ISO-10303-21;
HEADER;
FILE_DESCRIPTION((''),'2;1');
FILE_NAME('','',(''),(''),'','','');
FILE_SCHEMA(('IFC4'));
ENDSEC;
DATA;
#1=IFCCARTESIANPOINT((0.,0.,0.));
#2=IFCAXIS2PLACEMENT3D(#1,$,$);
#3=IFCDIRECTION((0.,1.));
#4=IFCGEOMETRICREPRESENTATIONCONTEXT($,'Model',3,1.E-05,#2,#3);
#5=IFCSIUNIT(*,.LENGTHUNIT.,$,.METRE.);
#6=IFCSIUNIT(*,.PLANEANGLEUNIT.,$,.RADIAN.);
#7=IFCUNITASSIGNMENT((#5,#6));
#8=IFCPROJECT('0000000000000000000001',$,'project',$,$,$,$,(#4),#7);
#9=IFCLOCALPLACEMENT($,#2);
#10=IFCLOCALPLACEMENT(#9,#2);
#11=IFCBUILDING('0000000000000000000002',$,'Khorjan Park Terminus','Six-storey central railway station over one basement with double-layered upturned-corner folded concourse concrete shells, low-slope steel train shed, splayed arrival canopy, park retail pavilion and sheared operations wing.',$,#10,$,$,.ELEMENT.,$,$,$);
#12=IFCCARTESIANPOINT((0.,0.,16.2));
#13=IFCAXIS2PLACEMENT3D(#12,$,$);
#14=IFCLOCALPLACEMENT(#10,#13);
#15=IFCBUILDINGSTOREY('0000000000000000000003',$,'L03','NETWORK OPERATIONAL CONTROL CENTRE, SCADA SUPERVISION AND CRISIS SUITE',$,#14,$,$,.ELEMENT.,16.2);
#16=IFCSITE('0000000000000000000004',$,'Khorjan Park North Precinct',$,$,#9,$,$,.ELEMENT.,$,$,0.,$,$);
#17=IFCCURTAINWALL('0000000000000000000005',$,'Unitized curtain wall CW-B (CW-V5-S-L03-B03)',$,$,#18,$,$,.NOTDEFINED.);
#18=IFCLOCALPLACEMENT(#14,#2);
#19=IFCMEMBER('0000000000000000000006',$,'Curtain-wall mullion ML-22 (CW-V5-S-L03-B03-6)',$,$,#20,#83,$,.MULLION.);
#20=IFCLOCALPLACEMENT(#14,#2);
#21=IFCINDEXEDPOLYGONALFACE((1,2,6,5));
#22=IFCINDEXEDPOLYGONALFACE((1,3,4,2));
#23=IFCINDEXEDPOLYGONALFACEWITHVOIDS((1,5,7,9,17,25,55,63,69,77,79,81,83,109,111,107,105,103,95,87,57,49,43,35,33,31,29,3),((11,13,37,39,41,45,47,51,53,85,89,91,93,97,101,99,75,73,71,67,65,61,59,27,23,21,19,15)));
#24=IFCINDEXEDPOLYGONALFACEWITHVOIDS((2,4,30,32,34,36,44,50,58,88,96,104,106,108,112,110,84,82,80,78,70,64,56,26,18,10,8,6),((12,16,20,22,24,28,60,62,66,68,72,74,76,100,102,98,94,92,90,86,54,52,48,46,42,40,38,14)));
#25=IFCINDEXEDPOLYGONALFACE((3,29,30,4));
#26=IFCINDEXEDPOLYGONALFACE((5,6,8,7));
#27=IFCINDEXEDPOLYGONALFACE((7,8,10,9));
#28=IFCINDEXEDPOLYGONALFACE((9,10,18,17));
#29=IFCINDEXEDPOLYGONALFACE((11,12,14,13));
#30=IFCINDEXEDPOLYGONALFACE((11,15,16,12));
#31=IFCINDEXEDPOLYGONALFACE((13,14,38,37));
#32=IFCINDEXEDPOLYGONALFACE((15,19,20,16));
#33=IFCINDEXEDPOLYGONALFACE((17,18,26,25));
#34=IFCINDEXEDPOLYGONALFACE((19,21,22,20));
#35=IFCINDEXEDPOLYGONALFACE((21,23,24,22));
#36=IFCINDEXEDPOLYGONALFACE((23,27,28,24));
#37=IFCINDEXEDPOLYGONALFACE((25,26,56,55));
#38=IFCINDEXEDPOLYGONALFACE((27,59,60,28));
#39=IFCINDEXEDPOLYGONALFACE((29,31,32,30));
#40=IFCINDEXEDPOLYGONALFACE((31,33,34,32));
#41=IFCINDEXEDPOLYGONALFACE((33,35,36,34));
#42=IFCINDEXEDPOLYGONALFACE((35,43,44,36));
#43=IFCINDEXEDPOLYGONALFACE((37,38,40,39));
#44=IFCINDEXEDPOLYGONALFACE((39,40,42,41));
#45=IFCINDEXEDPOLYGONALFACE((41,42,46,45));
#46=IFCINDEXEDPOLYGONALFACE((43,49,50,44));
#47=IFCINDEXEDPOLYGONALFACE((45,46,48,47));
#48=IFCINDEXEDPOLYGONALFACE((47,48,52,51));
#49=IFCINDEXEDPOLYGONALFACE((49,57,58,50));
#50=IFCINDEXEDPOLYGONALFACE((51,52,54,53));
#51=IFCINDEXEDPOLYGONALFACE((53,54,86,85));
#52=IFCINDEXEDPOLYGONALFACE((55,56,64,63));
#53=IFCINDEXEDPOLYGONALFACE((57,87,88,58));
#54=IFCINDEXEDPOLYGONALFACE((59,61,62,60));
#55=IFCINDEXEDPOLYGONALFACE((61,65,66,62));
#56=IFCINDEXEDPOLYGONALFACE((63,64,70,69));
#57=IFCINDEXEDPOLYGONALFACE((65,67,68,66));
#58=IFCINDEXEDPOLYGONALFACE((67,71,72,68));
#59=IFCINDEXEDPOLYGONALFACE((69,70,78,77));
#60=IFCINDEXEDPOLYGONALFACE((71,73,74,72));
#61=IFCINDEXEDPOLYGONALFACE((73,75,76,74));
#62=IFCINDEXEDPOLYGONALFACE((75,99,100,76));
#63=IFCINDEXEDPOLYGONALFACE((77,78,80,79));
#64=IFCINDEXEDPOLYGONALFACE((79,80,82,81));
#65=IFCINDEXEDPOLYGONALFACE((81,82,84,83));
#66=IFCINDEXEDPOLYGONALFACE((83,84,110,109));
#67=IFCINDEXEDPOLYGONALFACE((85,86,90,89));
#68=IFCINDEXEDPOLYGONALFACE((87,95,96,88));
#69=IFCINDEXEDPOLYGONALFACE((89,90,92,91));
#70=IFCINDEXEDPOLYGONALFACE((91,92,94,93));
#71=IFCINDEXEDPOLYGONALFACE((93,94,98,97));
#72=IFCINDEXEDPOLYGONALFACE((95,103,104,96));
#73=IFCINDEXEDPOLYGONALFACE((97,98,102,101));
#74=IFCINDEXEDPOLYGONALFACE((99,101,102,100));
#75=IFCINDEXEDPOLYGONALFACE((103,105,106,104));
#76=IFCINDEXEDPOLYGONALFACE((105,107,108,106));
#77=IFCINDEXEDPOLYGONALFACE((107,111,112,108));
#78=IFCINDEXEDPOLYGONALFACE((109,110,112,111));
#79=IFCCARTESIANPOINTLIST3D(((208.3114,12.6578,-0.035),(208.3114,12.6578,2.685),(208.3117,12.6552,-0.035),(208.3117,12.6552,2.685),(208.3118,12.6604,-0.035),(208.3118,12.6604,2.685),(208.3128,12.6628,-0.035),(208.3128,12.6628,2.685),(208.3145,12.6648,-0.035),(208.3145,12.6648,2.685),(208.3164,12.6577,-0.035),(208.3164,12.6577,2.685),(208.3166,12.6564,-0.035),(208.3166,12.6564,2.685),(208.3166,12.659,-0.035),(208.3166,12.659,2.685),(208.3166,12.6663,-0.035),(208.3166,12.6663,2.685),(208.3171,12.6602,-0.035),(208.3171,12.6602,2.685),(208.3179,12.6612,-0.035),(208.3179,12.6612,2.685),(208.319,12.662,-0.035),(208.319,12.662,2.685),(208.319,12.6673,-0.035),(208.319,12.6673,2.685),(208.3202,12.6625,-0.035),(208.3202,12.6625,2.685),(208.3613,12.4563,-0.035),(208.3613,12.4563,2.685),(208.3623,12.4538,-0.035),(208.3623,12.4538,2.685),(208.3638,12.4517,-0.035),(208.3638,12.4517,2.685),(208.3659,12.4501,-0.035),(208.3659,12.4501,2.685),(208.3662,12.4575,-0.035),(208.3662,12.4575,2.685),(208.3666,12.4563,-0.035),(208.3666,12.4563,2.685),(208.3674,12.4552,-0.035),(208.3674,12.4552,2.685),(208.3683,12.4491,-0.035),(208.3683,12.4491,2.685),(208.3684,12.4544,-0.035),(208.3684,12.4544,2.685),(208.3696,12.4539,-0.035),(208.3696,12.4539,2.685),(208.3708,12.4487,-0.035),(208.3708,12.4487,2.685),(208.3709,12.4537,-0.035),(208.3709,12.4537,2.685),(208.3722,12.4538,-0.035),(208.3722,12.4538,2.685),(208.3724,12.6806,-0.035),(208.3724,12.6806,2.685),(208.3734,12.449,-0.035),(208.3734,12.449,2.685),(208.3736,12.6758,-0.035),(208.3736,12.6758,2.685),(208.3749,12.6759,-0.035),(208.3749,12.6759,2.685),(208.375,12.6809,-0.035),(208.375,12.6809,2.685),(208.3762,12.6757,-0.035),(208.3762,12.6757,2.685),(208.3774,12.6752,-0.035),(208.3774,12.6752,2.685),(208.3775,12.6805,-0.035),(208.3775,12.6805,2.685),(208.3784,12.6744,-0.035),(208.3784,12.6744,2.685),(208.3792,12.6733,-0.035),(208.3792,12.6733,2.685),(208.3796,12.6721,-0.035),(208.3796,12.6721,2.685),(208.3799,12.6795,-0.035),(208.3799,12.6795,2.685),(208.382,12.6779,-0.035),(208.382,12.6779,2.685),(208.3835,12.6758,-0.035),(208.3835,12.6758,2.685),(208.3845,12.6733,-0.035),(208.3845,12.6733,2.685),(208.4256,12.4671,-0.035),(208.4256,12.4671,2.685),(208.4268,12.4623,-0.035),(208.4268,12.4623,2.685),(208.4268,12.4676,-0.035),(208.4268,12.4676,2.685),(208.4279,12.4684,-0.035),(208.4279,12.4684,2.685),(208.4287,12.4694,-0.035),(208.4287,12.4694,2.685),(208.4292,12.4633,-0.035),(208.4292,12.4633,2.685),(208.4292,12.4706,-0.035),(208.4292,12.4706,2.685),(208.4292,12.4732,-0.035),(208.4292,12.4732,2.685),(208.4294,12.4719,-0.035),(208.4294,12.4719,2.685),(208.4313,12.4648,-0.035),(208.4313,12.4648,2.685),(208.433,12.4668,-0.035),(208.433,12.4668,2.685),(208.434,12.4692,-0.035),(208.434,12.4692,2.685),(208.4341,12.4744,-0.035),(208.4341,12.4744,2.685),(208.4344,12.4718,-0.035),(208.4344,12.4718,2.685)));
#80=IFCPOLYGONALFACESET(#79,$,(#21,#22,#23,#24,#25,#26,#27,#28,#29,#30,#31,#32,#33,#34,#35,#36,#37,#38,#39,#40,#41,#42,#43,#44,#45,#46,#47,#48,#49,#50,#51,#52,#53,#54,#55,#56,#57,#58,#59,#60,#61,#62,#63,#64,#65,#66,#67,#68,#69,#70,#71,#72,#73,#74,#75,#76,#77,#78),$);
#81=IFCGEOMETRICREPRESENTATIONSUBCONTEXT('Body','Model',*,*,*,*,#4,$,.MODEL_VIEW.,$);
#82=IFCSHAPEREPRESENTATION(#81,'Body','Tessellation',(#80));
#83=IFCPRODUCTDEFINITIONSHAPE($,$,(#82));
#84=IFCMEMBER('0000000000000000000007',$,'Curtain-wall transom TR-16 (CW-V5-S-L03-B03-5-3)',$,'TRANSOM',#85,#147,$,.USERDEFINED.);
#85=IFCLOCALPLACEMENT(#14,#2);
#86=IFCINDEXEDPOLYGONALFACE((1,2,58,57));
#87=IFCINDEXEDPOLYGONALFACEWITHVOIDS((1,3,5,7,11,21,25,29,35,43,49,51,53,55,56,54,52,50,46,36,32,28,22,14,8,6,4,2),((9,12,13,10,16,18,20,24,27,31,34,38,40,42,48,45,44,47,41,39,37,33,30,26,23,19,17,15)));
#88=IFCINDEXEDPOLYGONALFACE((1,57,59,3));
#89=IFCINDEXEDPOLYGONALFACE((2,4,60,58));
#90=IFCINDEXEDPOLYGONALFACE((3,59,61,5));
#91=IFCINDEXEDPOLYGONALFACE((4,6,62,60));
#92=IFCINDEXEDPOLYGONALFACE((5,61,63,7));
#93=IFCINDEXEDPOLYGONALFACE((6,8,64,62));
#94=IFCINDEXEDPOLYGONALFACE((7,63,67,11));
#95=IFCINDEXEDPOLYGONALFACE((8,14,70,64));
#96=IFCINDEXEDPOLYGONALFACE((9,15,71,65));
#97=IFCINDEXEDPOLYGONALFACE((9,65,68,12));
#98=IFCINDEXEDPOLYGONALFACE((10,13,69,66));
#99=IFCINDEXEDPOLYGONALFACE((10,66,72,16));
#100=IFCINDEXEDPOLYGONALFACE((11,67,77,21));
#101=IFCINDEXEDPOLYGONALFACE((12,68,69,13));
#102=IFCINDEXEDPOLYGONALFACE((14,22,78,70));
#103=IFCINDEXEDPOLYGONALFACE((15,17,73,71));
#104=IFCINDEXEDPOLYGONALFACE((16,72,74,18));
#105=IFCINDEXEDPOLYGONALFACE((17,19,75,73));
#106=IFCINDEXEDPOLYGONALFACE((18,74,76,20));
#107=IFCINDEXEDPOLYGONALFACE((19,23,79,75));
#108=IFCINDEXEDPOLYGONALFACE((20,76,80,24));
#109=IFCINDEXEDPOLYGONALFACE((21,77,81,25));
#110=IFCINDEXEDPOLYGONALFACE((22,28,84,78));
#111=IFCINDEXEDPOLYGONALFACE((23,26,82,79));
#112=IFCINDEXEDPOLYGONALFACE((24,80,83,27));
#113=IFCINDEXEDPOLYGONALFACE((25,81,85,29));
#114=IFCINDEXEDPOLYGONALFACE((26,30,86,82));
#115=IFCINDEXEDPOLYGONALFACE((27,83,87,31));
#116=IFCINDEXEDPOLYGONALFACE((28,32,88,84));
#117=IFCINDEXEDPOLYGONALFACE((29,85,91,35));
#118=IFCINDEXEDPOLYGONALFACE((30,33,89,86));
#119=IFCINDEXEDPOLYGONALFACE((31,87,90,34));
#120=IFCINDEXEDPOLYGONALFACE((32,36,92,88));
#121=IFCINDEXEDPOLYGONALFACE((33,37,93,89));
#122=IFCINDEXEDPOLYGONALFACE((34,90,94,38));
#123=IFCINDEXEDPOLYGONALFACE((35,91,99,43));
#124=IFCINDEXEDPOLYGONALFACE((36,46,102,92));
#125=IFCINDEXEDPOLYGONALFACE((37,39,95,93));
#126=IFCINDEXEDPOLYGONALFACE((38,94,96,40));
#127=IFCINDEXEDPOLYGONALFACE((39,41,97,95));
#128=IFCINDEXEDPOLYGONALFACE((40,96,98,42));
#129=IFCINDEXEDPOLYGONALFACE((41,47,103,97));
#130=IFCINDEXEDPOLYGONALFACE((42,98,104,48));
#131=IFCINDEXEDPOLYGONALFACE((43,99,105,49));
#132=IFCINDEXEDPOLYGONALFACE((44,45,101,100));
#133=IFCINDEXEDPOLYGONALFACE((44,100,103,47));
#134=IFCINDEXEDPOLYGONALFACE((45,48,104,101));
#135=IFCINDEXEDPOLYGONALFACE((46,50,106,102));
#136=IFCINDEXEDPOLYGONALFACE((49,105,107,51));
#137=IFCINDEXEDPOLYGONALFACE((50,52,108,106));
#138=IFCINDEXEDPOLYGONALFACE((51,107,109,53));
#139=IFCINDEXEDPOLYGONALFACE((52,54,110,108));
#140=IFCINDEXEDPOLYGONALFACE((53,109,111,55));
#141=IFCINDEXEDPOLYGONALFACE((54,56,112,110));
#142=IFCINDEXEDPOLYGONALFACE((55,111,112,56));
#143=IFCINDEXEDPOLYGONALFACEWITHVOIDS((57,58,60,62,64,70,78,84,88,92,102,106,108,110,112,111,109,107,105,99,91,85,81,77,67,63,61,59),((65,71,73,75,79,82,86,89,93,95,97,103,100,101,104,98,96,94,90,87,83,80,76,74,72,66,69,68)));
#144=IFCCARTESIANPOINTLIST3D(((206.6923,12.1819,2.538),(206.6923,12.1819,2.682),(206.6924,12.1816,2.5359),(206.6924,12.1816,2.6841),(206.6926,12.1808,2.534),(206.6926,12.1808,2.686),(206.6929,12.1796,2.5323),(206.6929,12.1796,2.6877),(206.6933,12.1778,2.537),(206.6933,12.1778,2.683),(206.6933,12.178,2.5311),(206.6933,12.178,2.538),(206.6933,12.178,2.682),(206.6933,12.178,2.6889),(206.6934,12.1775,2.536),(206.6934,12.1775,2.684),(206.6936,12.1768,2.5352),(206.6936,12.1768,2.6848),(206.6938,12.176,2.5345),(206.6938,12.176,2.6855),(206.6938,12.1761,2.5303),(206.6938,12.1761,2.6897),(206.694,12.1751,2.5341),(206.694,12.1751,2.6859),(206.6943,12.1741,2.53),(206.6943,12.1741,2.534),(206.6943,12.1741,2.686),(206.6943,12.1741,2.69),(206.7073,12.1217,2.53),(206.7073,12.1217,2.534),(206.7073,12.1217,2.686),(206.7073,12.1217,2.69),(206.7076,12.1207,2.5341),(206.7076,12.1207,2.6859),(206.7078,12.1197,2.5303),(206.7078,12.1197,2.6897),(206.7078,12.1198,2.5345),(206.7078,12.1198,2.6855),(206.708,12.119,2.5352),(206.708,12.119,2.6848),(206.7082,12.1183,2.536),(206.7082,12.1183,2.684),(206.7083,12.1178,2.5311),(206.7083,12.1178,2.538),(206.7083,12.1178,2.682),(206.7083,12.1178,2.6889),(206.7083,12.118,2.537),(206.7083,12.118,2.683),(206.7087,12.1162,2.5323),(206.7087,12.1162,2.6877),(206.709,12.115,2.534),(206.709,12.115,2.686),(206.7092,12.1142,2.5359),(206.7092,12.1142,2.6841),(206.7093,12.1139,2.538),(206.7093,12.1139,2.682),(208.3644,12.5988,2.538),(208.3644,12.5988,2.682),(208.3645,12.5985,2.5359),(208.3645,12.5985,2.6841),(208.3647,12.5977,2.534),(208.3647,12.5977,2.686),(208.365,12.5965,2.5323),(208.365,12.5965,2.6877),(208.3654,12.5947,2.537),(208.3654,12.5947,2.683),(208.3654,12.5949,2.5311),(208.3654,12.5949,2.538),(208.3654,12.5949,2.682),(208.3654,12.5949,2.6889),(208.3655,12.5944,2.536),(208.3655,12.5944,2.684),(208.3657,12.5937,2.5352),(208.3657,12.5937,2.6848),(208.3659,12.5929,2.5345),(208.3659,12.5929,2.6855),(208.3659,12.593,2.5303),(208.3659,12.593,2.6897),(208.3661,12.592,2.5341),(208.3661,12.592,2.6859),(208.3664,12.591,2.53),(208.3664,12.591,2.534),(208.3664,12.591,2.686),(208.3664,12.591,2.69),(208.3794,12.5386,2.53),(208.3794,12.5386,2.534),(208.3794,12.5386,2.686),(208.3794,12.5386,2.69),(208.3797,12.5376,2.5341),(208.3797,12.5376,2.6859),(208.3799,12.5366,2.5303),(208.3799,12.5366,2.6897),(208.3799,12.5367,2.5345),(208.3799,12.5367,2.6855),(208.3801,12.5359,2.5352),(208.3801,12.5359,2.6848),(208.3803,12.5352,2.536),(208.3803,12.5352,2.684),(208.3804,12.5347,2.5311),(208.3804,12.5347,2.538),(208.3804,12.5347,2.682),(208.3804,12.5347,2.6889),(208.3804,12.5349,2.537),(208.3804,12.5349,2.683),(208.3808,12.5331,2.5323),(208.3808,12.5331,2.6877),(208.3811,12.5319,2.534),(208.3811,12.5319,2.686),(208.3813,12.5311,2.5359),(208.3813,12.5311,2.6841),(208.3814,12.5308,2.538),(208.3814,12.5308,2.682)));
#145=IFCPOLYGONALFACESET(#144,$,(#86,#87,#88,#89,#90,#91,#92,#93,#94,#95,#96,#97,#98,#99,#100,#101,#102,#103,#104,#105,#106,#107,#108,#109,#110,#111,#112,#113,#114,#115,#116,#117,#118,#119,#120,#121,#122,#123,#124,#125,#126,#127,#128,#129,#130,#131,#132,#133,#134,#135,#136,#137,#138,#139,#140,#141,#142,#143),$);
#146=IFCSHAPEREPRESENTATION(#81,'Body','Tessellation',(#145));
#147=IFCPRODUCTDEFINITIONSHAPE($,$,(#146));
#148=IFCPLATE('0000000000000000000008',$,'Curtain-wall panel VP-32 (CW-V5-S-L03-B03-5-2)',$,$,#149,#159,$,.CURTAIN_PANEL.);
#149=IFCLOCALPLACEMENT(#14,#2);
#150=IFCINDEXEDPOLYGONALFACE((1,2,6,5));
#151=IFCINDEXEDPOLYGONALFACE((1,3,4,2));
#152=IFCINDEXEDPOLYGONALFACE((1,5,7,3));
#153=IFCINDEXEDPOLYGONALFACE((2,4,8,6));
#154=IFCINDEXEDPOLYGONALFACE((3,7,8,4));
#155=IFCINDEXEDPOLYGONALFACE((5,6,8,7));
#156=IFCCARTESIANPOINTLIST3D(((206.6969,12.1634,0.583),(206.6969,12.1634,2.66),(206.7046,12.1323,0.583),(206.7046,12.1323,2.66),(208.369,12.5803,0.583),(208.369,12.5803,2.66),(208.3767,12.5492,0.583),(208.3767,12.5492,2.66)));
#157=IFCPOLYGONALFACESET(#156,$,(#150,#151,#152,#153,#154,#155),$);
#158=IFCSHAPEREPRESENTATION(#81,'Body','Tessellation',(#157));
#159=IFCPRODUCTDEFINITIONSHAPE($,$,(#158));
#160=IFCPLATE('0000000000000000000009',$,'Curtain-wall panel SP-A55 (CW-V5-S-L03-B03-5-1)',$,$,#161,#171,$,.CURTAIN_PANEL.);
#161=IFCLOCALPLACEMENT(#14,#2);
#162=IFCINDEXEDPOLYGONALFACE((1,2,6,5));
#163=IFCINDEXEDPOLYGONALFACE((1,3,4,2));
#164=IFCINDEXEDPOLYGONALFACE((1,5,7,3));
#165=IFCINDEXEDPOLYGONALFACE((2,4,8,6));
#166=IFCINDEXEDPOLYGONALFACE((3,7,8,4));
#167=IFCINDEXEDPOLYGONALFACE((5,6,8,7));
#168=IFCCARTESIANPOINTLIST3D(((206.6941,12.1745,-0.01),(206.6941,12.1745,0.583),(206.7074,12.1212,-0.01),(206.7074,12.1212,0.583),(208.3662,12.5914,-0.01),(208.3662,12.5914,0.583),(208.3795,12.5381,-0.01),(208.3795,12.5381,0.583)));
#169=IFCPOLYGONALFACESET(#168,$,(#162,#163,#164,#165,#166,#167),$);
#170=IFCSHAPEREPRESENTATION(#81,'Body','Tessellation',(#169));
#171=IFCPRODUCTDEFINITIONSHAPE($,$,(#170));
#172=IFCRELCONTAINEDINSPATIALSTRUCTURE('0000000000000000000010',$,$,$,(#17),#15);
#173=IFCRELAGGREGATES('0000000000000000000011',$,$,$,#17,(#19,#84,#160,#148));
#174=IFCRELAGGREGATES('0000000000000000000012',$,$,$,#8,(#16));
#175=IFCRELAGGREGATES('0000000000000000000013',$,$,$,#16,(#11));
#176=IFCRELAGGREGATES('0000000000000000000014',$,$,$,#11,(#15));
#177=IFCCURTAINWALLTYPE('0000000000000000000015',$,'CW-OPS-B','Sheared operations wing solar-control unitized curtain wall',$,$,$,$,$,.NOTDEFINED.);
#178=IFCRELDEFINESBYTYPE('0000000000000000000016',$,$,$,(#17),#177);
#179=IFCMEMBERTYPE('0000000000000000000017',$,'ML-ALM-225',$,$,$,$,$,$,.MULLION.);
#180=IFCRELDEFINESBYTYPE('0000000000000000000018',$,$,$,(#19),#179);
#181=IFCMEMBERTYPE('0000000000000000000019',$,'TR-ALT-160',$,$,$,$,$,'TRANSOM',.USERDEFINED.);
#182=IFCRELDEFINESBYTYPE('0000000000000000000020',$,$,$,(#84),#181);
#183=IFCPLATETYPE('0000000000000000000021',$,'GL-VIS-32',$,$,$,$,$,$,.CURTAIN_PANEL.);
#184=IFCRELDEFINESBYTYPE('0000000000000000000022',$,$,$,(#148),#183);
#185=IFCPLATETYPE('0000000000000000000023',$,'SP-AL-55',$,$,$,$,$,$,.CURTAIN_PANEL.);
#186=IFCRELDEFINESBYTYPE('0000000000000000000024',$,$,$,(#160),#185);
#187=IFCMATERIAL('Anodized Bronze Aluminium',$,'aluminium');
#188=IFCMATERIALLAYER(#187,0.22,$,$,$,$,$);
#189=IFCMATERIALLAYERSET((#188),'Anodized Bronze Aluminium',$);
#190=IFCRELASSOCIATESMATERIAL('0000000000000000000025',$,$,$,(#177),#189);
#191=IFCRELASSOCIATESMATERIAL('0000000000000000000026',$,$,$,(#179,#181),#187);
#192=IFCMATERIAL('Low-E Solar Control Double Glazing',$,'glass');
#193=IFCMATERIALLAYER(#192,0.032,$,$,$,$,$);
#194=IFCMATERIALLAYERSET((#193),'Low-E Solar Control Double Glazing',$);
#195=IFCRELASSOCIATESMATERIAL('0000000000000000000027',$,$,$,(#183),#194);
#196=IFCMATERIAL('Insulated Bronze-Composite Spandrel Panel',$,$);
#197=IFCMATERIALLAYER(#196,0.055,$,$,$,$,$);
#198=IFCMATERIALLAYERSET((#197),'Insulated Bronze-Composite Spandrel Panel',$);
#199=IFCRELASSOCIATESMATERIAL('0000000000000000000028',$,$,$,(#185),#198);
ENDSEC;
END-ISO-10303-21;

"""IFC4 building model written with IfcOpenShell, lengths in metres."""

from ifc_helpers import new_model, si_unit, direction, frame, origin, origin_2d, place, context, subcontext, project, spatial, rectangle, hollow_rectangle, extrude, material, layer, layer_set, material_profile, profile_set, type_object, element, aggregate, save


model = new_model("IFC4")

# Units and contexts
model_context = context("Model", 3, precision=1e-05, world=origin(), true_north=direction((0.0, 1.0)))
body_context = subcontext(model_context, "Body", "Model", "MODEL_VIEW")
ifc_project = project(units=[si_unit("LENGTHUNIT", "METRE"), si_unit("PLANEANGLEUNIT", "RADIAN")], contexts=[model_context])

# Site, building, storey
site_placement = place(None, origin())
site = spatial("IfcSite", under=ifc_project, at=site_placement, Name="Khorjan Park North Precinct", CompositionType="ELEMENT", RefElevation=0.0)
building_placement = place(site_placement, origin())
building = spatial("IfcBuilding", under=site, at=building_placement, Name="Khorjan Park Terminus", Description="Six-storey central railway station over one basement with double-layered upturned-corner folded concourse concrete shells, low-slope steel train shed, splayed arrival canopy, park retail pavilion and sheared operations wing.", CompositionType="ELEMENT")
storey_placement = place(building_placement, frame((0.0, 0.0, 16.2)))
storey = spatial("IfcBuildingStorey", under=building, at=storey_placement, Name="L03", Description="NETWORK OPERATIONAL CONTROL CENTRE, SCADA SUPERVISION AND CRISIS SUITE", CompositionType="ELEMENT", Elevation=16.2)

# Curtain wall, members, plates
ifc_material_1 = material(Name="Anodized Bronze Aluminium", Category="aluminium")
ifc_layer_1 = layer(ifc_material_1, 0.22)
ifc_layer_set_1 = layer_set([ifc_layer_1], Name="Anodized Bronze Aluminium")
curtain_wall_type = type_object("IfcCurtainWallType", Name="CW-OPS-B", Description="Sheared operations wing solar-control unitized curtain wall", PredefinedType="NOTDEFINED", material=ifc_layer_set_1)
curtain_wall_placement = place(storey_placement, origin())
curtain_wall = element("IfcCurtainWall", 1, at=curtain_wall_placement, inside=storey, type_object=curtain_wall_type, Name="Unitized curtain wall CW-B (CW-V5-S-L03-B03)", PredefinedType="NOTDEFINED")
ifc_material_profile_1 = material_profile(ifc_material_1, hollow_rectangle(XDim=0.075, YDim=0.225, WallThickness=0.005, InnerFilletRadius=0.005, OuterFilletRadius=0.01, at=origin_2d()), Name="ALM 75x225x5")
ifc_profile_set_1 = profile_set([ifc_material_profile_1], Name="Anodized Bronze Aluminium")
member_type_1 = type_object("IfcMemberType", Name="ML-ALM-225", PredefinedType="MULLION", material=ifc_profile_set_1)
member_1_placement = place(storey_placement, frame((208.3729, 12.5648, -0.035), z_axis=(0.0, 0.0, 1.0), x_axis=(0.970295, 0.241926, 0.0)))
member_1 = element("IfcMember", 2, at=member_1_placement, type_object=member_type_1, Name="Curtain-wall mullion ML-22 (CW-V5-S-L03-B03-6)", PredefinedType="MULLION", context=body_context, shape_type="SweptSolid", body=[
    extrude(hollow_rectangle(XDim=0.075, YDim=0.225, WallThickness=0.005, InnerFilletRadius=0.005, OuterFilletRadius=0.01, at=origin_2d()), origin(), (0.0, 0.0, 1.0), 2.72),
])
ifc_material_profile_2 = material_profile(ifc_material_1, hollow_rectangle(XDim=0.07, YDim=0.16, WallThickness=0.004, InnerFilletRadius=0.004, OuterFilletRadius=0.008, at=origin_2d()), Name="ALT 70x160x4")
ifc_profile_set_2 = profile_set([ifc_material_profile_2], Name="Anodized Bronze Aluminium")
member_type_2 = type_object("IfcMemberType", Name="TR-ALT-160", ElementType="TRANSOM", PredefinedType="USERDEFINED", material=ifc_profile_set_2)
member_2_placement = place(storey_placement, frame((206.7008, 12.1479, 2.61), z_axis=(0.970296, 0.241921, 0.0), x_axis=(-0.241921, 0.970296, 0.0)))
member_2 = element("IfcMember", 3, at=member_2_placement, type_object=member_type_2, Name="Curtain-wall transom TR-16 (CW-V5-S-L03-B03-5-3)", ObjectType="TRANSOM", PredefinedType="USERDEFINED", context=body_context, shape_type="SweptSolid", body=[
    extrude(hollow_rectangle(XDim=0.07, YDim=0.16, WallThickness=0.004, InnerFilletRadius=0.004, OuterFilletRadius=0.008, at=origin_2d()), origin(), (0.0, 0.0, 1.0), 1.7233),
])
ifc_material_2 = material(Name="Low-E Solar Control Double Glazing", Category="glass")
ifc_layer_2 = layer(ifc_material_2, 0.032)
ifc_layer_set_2 = layer_set([ifc_layer_2], Name="Low-E Solar Control Double Glazing")
plate_type_1 = type_object("IfcPlateType", Name="GL-VIS-32", PredefinedType="CURTAIN_PANEL", material=ifc_layer_set_2)
plate_1_placement = place(storey_placement, frame((207.5368, 12.3563, 0.583), z_axis=(0.0, 0.0, 1.0), x_axis=(0.970295, 0.241926, 0.0)))
plate_1 = element("IfcPlate", 4, at=plate_1_placement, type_object=plate_type_1, Name="Curtain-wall panel VP-32 (CW-V5-S-L03-B03-5-2)", PredefinedType="CURTAIN_PANEL", context=body_context, shape_type="SweptSolid", body=[
    extrude(rectangle(XDim=1.7233, YDim=0.032, at=origin_2d()), origin(), (0.0, 0.0, 1.0), 2.077),
])
ifc_material_3 = material(Name="Insulated Bronze-Composite Spandrel Panel")
ifc_layer_3 = layer(ifc_material_3, 0.055)
ifc_layer_set_3 = layer_set([ifc_layer_3], Name="Insulated Bronze-Composite Spandrel Panel")
plate_type_2 = type_object("IfcPlateType", Name="SP-AL-55", PredefinedType="CURTAIN_PANEL", material=ifc_layer_set_3)
plate_2_placement = place(storey_placement, frame((207.5368, 12.3563, -0.01), z_axis=(0.0, 0.0, 1.0), x_axis=(0.970295, 0.241926, 0.0)))
plate_2 = element("IfcPlate", 5, at=plate_2_placement, type_object=plate_type_2, Name="Curtain-wall panel SP-A55 (CW-V5-S-L03-B03-5-1)", PredefinedType="CURTAIN_PANEL", context=body_context, shape_type="SweptSolid", body=[
    extrude(rectangle(XDim=1.7233, YDim=0.055, at=origin_2d()), origin(), (0.0, 0.0, 1.0), 0.593),
])
aggregate(curtain_wall, [member_1, member_2, plate_2, plate_1])

save(model, "model.ifc")
